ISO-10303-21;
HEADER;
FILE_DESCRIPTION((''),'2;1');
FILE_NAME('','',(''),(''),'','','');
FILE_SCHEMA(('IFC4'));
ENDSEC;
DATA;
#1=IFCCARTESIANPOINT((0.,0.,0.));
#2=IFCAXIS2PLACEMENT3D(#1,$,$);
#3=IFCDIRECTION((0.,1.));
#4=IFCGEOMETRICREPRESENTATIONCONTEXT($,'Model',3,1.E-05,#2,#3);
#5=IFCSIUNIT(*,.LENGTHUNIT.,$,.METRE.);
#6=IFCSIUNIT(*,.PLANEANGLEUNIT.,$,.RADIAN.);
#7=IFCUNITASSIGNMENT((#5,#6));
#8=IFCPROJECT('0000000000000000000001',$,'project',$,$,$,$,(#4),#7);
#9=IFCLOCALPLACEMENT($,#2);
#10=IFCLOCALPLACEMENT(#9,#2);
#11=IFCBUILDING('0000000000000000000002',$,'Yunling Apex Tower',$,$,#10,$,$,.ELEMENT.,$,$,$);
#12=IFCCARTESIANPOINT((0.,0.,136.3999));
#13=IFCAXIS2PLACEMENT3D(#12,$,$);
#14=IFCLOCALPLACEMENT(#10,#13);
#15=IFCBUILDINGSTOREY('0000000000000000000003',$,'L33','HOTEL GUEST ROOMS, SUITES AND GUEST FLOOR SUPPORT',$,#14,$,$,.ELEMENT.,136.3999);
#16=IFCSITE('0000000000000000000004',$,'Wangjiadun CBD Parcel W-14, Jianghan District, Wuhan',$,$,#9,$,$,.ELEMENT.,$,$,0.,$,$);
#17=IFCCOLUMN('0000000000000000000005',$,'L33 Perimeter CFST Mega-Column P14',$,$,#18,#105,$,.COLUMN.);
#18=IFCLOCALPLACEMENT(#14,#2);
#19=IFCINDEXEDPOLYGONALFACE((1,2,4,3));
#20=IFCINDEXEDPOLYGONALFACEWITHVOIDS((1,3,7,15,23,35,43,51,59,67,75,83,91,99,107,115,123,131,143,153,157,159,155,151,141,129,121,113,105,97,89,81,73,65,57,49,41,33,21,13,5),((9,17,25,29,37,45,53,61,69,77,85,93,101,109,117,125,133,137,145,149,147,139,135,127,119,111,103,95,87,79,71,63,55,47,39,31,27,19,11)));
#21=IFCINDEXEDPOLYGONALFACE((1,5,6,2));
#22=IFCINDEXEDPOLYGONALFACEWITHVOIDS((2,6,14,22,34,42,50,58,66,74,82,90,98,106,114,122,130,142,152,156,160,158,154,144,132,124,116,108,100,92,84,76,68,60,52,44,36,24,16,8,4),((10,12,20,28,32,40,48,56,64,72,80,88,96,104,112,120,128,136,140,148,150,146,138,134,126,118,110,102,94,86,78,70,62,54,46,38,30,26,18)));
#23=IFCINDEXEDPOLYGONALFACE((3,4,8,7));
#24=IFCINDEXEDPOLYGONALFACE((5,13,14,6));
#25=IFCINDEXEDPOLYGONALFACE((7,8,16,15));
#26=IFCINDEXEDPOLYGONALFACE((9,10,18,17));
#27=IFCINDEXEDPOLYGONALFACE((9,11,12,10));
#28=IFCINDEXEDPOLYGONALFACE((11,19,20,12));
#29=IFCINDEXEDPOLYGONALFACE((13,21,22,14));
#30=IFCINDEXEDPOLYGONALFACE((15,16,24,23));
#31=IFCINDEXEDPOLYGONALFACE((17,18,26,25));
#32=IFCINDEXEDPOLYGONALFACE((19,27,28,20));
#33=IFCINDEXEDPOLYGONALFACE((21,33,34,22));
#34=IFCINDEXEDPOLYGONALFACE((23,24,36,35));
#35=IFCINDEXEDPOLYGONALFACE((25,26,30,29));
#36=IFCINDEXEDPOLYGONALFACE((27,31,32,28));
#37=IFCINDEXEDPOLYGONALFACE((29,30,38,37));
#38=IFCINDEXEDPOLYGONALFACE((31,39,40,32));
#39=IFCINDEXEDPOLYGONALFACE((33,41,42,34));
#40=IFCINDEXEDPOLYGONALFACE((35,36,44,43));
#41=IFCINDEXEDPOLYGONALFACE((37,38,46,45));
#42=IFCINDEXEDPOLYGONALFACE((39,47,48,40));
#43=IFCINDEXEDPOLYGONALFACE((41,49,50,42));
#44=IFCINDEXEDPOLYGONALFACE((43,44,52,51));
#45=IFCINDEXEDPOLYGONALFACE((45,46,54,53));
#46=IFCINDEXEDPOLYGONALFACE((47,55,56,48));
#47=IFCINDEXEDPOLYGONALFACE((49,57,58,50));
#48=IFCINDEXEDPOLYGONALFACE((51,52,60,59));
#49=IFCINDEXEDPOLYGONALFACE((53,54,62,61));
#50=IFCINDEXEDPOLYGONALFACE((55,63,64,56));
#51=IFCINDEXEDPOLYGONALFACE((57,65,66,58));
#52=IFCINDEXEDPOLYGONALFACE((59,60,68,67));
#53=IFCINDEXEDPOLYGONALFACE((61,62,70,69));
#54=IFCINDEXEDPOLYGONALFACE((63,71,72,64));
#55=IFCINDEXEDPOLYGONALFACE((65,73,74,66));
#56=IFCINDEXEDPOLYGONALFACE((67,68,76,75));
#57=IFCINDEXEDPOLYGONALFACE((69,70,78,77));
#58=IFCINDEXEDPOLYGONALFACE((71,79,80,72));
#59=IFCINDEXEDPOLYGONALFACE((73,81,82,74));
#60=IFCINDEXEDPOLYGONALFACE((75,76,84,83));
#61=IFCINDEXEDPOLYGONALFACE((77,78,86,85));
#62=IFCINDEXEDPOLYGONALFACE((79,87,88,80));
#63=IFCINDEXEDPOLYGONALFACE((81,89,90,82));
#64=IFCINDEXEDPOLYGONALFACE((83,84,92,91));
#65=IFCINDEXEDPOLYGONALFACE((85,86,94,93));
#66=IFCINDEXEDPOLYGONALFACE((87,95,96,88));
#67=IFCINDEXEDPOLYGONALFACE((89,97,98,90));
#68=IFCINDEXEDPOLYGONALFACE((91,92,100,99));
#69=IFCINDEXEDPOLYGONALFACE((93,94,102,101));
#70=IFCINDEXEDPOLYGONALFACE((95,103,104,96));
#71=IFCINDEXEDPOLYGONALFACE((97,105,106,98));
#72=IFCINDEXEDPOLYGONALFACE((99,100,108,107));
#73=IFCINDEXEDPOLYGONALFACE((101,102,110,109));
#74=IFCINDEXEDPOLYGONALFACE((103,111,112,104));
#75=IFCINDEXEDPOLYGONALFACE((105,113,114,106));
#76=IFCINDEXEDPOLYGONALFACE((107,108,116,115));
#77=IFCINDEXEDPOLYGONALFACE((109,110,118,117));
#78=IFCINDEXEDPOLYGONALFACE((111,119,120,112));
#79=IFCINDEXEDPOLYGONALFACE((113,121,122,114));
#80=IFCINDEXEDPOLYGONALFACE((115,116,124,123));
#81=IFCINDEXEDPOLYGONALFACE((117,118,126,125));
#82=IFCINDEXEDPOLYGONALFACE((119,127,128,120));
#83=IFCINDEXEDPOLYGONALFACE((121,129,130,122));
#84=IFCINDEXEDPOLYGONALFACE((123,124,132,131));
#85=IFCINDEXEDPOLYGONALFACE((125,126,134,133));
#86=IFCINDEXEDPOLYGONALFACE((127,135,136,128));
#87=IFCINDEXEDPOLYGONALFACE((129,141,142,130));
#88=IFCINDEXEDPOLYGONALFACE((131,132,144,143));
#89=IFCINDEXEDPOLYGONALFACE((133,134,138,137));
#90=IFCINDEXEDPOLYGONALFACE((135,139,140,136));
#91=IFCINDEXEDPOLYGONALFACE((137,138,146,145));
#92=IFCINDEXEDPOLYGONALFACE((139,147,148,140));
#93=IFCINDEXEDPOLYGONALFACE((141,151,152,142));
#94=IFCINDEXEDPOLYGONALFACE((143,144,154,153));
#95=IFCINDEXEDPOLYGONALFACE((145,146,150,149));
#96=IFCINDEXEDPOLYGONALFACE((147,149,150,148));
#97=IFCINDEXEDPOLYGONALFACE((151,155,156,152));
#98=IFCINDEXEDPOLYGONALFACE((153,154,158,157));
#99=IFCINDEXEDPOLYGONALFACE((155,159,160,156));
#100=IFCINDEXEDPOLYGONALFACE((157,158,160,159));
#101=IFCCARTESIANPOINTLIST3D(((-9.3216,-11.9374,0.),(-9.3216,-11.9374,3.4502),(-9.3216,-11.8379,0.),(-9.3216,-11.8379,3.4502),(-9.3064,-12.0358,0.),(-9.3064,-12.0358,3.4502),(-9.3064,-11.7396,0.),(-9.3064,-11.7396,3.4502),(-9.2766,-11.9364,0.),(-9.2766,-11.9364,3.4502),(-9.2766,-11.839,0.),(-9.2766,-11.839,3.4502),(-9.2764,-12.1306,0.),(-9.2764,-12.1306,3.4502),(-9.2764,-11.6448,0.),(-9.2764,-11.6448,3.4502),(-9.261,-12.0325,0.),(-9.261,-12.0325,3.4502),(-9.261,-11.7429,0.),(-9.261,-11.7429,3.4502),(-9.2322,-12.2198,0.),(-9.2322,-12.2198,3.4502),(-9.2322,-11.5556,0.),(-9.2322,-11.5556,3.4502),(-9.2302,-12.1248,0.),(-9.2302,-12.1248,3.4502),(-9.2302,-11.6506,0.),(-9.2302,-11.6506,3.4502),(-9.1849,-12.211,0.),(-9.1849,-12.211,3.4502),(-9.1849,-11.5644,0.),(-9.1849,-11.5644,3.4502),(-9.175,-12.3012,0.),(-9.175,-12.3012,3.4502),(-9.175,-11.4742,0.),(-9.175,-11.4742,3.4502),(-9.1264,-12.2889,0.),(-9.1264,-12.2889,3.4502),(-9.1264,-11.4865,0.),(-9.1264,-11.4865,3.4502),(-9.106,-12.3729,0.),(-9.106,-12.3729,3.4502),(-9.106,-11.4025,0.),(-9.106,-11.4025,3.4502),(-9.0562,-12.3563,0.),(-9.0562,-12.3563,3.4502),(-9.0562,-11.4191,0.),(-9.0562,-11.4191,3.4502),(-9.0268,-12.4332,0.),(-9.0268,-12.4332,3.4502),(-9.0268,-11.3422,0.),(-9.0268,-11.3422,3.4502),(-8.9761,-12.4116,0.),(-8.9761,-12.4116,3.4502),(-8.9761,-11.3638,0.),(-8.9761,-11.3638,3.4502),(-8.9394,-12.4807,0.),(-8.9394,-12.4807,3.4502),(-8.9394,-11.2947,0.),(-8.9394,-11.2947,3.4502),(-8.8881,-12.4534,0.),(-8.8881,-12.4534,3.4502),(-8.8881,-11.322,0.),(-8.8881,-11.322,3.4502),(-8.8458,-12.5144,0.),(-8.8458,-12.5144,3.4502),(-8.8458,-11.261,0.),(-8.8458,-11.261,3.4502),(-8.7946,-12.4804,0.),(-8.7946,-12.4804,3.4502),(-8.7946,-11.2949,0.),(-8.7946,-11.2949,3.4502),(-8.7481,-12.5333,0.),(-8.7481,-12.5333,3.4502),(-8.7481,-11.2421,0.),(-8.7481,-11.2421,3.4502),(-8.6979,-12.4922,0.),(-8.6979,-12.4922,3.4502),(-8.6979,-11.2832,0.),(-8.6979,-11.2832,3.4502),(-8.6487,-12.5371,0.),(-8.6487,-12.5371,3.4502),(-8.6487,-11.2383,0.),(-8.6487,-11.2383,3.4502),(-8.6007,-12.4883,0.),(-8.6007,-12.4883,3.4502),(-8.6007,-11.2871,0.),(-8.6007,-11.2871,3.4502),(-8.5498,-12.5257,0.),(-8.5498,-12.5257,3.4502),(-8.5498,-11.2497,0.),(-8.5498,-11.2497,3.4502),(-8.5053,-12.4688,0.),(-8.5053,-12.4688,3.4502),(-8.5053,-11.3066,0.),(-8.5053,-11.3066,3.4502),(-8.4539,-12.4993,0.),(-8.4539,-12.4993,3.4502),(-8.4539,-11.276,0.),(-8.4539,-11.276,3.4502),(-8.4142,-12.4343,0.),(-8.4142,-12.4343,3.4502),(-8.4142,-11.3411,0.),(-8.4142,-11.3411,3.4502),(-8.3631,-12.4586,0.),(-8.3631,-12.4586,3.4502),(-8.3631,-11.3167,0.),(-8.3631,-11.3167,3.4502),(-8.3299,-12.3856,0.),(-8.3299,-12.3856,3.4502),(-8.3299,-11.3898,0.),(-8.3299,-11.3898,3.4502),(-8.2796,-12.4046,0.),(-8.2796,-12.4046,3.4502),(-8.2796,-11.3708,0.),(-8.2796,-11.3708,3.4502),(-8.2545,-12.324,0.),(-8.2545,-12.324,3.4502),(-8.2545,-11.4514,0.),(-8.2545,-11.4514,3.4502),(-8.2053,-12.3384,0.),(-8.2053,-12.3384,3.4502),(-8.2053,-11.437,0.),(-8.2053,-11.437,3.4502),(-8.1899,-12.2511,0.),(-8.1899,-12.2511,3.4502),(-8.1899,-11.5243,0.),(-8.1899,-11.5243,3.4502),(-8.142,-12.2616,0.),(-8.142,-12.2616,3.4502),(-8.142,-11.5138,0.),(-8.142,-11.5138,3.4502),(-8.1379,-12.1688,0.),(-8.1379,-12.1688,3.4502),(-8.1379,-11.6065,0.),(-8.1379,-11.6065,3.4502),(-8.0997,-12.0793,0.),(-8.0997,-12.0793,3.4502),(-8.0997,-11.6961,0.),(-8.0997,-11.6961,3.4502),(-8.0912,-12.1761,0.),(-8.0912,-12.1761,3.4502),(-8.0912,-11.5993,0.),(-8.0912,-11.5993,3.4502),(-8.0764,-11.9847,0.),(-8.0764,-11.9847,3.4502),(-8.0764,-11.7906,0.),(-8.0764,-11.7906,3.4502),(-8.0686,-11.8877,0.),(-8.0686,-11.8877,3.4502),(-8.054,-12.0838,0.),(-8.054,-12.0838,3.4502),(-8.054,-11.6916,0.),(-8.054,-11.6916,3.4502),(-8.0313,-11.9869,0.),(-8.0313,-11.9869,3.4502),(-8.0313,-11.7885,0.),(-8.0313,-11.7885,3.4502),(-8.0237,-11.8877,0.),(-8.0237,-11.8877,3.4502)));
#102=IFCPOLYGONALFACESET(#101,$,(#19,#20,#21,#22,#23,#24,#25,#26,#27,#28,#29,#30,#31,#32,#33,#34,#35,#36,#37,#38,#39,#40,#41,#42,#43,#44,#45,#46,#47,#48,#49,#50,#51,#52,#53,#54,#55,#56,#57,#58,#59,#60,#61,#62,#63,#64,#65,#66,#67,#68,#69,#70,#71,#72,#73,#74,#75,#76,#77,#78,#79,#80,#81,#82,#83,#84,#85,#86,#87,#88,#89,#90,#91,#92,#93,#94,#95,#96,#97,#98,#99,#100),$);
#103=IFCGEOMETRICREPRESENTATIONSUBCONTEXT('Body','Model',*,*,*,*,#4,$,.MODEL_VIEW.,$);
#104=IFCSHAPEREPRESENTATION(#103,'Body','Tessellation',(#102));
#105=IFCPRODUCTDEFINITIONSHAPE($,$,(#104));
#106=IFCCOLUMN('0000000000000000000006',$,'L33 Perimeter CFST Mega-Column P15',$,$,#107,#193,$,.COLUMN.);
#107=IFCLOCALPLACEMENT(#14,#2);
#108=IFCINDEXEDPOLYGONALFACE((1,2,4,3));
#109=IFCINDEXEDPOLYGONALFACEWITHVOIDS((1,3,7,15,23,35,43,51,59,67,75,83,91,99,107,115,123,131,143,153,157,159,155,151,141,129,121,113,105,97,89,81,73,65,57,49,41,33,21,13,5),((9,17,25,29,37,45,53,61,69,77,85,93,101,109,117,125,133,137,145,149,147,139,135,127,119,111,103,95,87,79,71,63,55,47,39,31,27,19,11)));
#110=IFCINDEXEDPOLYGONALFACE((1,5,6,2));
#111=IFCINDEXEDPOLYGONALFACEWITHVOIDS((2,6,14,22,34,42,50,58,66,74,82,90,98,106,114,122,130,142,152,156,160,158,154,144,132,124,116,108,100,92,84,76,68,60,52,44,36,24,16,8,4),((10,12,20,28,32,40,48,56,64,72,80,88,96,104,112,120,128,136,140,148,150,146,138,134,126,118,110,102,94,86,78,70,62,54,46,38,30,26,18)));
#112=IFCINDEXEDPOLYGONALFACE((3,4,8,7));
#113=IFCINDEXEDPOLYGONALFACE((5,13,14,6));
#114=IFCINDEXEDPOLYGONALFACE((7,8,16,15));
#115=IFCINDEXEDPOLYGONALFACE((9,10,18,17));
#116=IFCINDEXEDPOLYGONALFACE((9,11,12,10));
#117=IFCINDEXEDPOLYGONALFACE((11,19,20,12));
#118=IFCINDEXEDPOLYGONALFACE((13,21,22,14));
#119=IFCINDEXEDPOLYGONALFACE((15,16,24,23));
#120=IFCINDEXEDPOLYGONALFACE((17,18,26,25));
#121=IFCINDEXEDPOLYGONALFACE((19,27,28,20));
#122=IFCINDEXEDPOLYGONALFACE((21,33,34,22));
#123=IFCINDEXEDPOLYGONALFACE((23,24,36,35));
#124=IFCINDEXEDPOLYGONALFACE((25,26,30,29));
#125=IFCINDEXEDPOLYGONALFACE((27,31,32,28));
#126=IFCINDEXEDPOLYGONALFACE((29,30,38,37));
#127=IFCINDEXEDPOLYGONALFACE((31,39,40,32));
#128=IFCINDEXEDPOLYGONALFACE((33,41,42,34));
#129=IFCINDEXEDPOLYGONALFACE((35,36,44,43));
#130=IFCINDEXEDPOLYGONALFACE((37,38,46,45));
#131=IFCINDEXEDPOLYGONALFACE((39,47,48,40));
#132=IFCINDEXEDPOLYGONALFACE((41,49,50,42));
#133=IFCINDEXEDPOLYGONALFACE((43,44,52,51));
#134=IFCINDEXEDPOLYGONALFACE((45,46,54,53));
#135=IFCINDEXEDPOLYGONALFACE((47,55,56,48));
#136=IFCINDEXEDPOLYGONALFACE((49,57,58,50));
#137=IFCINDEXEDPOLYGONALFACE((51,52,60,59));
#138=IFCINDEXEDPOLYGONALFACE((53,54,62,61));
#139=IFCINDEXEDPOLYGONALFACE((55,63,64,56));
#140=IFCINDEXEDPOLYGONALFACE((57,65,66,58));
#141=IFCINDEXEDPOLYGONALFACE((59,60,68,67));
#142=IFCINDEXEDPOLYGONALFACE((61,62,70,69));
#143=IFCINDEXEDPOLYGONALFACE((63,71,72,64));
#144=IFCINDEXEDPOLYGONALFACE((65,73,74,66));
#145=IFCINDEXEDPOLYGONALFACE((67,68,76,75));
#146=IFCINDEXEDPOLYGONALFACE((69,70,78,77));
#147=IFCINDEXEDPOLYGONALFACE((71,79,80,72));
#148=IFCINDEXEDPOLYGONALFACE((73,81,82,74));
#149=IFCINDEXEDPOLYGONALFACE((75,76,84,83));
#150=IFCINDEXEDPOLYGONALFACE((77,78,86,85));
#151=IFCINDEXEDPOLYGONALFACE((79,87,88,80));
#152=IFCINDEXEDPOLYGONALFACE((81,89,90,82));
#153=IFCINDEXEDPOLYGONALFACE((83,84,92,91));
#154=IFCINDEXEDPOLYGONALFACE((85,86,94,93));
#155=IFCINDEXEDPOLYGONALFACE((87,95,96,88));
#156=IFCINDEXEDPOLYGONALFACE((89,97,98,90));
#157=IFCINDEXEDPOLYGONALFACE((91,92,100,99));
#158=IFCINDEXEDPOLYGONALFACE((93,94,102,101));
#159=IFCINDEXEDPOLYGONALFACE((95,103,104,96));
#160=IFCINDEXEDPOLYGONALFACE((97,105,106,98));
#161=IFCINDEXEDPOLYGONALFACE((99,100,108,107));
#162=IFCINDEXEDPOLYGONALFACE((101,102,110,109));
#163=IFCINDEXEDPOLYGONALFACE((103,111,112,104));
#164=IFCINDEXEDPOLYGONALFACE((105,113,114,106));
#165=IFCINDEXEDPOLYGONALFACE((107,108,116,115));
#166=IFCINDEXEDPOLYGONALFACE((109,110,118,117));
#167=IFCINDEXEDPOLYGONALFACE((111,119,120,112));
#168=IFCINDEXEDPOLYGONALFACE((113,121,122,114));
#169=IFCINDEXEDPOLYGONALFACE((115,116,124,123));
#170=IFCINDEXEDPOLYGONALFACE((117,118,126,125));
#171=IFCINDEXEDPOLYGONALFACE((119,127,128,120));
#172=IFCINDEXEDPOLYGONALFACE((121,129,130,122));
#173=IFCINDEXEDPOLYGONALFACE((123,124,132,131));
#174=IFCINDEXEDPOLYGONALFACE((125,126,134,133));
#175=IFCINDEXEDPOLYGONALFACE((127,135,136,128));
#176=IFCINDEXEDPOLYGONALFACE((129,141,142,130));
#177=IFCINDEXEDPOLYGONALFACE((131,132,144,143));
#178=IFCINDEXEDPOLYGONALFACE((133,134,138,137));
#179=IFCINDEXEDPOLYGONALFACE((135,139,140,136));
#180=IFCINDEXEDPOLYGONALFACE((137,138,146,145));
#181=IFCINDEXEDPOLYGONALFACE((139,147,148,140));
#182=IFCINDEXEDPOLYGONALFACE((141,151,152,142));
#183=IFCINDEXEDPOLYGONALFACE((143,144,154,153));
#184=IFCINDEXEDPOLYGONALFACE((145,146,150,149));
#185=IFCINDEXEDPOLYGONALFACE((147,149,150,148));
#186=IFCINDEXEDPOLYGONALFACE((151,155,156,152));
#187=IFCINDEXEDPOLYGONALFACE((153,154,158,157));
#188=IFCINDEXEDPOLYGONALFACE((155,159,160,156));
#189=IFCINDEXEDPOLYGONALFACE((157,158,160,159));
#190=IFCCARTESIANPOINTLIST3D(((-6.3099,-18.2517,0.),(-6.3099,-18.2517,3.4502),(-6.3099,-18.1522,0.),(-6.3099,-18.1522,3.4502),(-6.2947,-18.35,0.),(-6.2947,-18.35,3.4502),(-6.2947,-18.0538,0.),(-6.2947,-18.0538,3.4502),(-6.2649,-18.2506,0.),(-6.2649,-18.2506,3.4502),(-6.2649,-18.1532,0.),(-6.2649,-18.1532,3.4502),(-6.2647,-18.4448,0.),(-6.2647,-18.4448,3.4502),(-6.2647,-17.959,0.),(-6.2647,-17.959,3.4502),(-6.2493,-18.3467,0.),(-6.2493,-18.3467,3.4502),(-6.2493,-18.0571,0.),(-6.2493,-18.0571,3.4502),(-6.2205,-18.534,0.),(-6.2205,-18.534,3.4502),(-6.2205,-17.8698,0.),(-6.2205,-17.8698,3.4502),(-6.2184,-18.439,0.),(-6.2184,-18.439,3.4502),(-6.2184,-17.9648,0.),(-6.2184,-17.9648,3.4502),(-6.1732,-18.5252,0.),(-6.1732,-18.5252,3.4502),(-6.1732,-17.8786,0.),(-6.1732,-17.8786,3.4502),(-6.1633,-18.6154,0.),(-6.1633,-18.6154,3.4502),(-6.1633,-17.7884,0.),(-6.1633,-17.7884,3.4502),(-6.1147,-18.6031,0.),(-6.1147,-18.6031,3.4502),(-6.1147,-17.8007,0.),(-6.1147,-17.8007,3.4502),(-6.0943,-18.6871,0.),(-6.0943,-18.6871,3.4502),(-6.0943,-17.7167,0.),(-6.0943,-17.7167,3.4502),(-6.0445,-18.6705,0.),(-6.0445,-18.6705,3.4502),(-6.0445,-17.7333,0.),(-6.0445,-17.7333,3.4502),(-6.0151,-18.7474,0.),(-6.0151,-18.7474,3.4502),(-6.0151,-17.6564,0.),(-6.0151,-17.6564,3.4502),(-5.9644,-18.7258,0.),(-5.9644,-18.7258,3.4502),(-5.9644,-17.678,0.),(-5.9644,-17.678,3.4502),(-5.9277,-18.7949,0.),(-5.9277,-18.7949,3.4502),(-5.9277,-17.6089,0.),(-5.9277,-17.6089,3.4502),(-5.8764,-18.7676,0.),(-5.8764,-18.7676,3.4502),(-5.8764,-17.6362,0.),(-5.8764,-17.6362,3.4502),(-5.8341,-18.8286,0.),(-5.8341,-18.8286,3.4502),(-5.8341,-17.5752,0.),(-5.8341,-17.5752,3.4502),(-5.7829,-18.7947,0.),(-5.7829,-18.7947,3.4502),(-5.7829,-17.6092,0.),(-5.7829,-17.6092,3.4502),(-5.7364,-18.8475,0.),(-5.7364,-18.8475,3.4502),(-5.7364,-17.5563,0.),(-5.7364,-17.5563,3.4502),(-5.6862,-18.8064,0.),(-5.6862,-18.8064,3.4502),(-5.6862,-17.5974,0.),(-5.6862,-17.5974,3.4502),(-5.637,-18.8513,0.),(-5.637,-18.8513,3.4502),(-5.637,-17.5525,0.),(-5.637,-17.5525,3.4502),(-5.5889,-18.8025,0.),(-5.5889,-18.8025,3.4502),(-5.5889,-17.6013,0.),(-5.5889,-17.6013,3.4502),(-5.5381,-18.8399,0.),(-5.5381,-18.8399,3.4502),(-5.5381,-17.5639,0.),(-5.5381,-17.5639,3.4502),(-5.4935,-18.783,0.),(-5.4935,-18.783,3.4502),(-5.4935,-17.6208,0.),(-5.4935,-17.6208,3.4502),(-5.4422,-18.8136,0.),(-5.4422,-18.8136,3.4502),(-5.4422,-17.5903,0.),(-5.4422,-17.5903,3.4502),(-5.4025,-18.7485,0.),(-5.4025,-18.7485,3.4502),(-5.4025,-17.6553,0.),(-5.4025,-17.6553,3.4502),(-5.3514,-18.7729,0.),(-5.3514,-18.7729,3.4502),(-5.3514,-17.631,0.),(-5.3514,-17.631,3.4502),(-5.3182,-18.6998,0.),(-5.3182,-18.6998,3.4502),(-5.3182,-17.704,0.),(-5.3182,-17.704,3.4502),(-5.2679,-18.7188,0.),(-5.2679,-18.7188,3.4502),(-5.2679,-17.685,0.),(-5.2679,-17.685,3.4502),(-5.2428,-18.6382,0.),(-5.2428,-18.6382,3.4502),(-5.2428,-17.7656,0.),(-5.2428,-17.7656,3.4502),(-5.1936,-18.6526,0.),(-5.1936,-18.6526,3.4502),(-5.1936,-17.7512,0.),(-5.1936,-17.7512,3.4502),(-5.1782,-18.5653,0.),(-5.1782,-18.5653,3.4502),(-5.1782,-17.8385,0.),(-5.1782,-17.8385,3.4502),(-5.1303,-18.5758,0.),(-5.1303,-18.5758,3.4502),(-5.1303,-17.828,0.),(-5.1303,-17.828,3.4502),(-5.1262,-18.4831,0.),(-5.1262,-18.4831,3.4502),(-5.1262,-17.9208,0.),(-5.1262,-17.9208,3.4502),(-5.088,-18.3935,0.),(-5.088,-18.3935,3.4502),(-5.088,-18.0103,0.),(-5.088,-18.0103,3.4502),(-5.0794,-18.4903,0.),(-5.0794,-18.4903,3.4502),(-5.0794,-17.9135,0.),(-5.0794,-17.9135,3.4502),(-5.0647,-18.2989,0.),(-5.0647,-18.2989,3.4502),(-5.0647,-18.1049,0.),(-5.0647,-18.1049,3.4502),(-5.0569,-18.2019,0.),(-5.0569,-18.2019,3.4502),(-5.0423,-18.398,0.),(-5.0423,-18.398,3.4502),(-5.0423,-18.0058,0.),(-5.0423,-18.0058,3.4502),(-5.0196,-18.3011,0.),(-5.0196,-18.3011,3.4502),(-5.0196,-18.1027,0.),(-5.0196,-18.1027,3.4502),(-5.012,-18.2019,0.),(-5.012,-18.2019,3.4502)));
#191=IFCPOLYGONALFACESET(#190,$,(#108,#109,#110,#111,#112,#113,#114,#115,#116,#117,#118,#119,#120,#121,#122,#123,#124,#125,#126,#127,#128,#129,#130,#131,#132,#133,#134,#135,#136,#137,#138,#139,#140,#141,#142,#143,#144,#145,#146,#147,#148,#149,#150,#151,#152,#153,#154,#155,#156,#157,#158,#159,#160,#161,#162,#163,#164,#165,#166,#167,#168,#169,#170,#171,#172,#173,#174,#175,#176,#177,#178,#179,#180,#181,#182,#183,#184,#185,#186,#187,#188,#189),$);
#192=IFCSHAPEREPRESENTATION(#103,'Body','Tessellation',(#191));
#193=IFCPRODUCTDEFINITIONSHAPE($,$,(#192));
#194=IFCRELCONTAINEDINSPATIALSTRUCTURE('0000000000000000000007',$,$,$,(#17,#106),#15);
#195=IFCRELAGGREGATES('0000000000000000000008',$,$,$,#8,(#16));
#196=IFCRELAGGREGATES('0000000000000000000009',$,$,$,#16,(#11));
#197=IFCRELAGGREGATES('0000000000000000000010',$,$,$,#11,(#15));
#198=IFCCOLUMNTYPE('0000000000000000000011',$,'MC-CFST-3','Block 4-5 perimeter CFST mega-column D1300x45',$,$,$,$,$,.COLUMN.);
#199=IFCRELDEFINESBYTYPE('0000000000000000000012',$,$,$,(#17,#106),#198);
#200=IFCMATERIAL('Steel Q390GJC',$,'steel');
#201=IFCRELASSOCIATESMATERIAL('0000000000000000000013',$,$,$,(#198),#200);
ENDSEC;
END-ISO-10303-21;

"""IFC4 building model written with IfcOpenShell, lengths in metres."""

from ifc_helpers import new_model, si_unit, direction, frame, origin, origin_2d, place, context, subcontext, project, spatial, hollow_circle, extrude, source, transform, mapped, material, material_profile, profile_set, type_object, element, save


model = new_model("IFC4")

# Units and contexts
model_context = context("Model", 3, precision=1e-05, world=origin(), true_north=direction((0.0, 1.0)))
body_context = subcontext(model_context, "Body", "Model", "MODEL_VIEW")
ifc_project = project(units=[si_unit("LENGTHUNIT", "METRE"), si_unit("PLANEANGLEUNIT", "RADIAN")], contexts=[model_context])

# Site, building, storey
site_placement = place(None, origin())
site = spatial("IfcSite", under=ifc_project, at=site_placement, Name="Wangjiadun CBD Parcel W-14, Jianghan District, Wuhan", CompositionType="ELEMENT", RefElevation=0.0)
building_placement = place(site_placement, origin())
building = spatial("IfcBuilding", under=site, at=building_placement, Name="Yunling Apex Tower", CompositionType="ELEMENT")
storey_placement = place(building_placement, frame((0.0, 0.0, 136.3999)))
storey = spatial("IfcBuildingStorey", under=building, at=storey_placement, Name="L33", Description="HOTEL GUEST ROOMS, SUITES AND GUEST FLOOR SUPPORT", CompositionType="ELEMENT", Elevation=136.3999)

# Columns
ifc_material_1 = material(Name="Steel Q390GJC", Category="steel")
ifc_material_profile_1 = material_profile(ifc_material_1, hollow_circle(Radius=0.6499, WallThickness=0.0449, at=origin_2d()))
ifc_profile_set_1 = profile_set([ifc_material_profile_1], Name="Steel Q390GJC")
column_type = type_object("IfcColumnType", Name="MC-CFST-3", Description="Block 4-5 perimeter CFST mega-column D1300x45", PredefinedType="COLUMN", material=ifc_profile_set_1)
shared_shape_1 = source(origin(), body_context, "Body", "SweptSolid", [
    extrude(hollow_circle(Radius=0.6499, WallThickness=0.0449, at=origin_2d()), origin(), (0.0, 0.0, 1.0), 3.4502),
])
for number, where, z_axis, x_axis, name in (
    (1, (-8.6736, -11.8877, 0.0), (0.0, 0.0, 1.0), (1.0, 0.0, 0.0), "L33 Perimeter CFST Mega-Column P14"),
    (2, (-5.6619, -18.2019, 0.0), (0.0, 0.0, 1.0), (1.0, 0.0, 0.0), "L33 Perimeter CFST Mega-Column P15"),
):
    element("IfcColumn", number, at=place(storey_placement, frame(where, z_axis=z_axis, x_axis=x_axis)), inside=storey, type_object=column_type, Name=name, PredefinedType="COLUMN", context=body_context, shape_type="MappedRepresentation", body=[
        mapped(shared_shape_1, transform((0.0, 0.0, 0.0), scale=1.0)),
    ])

save(model, "model.ifc")
